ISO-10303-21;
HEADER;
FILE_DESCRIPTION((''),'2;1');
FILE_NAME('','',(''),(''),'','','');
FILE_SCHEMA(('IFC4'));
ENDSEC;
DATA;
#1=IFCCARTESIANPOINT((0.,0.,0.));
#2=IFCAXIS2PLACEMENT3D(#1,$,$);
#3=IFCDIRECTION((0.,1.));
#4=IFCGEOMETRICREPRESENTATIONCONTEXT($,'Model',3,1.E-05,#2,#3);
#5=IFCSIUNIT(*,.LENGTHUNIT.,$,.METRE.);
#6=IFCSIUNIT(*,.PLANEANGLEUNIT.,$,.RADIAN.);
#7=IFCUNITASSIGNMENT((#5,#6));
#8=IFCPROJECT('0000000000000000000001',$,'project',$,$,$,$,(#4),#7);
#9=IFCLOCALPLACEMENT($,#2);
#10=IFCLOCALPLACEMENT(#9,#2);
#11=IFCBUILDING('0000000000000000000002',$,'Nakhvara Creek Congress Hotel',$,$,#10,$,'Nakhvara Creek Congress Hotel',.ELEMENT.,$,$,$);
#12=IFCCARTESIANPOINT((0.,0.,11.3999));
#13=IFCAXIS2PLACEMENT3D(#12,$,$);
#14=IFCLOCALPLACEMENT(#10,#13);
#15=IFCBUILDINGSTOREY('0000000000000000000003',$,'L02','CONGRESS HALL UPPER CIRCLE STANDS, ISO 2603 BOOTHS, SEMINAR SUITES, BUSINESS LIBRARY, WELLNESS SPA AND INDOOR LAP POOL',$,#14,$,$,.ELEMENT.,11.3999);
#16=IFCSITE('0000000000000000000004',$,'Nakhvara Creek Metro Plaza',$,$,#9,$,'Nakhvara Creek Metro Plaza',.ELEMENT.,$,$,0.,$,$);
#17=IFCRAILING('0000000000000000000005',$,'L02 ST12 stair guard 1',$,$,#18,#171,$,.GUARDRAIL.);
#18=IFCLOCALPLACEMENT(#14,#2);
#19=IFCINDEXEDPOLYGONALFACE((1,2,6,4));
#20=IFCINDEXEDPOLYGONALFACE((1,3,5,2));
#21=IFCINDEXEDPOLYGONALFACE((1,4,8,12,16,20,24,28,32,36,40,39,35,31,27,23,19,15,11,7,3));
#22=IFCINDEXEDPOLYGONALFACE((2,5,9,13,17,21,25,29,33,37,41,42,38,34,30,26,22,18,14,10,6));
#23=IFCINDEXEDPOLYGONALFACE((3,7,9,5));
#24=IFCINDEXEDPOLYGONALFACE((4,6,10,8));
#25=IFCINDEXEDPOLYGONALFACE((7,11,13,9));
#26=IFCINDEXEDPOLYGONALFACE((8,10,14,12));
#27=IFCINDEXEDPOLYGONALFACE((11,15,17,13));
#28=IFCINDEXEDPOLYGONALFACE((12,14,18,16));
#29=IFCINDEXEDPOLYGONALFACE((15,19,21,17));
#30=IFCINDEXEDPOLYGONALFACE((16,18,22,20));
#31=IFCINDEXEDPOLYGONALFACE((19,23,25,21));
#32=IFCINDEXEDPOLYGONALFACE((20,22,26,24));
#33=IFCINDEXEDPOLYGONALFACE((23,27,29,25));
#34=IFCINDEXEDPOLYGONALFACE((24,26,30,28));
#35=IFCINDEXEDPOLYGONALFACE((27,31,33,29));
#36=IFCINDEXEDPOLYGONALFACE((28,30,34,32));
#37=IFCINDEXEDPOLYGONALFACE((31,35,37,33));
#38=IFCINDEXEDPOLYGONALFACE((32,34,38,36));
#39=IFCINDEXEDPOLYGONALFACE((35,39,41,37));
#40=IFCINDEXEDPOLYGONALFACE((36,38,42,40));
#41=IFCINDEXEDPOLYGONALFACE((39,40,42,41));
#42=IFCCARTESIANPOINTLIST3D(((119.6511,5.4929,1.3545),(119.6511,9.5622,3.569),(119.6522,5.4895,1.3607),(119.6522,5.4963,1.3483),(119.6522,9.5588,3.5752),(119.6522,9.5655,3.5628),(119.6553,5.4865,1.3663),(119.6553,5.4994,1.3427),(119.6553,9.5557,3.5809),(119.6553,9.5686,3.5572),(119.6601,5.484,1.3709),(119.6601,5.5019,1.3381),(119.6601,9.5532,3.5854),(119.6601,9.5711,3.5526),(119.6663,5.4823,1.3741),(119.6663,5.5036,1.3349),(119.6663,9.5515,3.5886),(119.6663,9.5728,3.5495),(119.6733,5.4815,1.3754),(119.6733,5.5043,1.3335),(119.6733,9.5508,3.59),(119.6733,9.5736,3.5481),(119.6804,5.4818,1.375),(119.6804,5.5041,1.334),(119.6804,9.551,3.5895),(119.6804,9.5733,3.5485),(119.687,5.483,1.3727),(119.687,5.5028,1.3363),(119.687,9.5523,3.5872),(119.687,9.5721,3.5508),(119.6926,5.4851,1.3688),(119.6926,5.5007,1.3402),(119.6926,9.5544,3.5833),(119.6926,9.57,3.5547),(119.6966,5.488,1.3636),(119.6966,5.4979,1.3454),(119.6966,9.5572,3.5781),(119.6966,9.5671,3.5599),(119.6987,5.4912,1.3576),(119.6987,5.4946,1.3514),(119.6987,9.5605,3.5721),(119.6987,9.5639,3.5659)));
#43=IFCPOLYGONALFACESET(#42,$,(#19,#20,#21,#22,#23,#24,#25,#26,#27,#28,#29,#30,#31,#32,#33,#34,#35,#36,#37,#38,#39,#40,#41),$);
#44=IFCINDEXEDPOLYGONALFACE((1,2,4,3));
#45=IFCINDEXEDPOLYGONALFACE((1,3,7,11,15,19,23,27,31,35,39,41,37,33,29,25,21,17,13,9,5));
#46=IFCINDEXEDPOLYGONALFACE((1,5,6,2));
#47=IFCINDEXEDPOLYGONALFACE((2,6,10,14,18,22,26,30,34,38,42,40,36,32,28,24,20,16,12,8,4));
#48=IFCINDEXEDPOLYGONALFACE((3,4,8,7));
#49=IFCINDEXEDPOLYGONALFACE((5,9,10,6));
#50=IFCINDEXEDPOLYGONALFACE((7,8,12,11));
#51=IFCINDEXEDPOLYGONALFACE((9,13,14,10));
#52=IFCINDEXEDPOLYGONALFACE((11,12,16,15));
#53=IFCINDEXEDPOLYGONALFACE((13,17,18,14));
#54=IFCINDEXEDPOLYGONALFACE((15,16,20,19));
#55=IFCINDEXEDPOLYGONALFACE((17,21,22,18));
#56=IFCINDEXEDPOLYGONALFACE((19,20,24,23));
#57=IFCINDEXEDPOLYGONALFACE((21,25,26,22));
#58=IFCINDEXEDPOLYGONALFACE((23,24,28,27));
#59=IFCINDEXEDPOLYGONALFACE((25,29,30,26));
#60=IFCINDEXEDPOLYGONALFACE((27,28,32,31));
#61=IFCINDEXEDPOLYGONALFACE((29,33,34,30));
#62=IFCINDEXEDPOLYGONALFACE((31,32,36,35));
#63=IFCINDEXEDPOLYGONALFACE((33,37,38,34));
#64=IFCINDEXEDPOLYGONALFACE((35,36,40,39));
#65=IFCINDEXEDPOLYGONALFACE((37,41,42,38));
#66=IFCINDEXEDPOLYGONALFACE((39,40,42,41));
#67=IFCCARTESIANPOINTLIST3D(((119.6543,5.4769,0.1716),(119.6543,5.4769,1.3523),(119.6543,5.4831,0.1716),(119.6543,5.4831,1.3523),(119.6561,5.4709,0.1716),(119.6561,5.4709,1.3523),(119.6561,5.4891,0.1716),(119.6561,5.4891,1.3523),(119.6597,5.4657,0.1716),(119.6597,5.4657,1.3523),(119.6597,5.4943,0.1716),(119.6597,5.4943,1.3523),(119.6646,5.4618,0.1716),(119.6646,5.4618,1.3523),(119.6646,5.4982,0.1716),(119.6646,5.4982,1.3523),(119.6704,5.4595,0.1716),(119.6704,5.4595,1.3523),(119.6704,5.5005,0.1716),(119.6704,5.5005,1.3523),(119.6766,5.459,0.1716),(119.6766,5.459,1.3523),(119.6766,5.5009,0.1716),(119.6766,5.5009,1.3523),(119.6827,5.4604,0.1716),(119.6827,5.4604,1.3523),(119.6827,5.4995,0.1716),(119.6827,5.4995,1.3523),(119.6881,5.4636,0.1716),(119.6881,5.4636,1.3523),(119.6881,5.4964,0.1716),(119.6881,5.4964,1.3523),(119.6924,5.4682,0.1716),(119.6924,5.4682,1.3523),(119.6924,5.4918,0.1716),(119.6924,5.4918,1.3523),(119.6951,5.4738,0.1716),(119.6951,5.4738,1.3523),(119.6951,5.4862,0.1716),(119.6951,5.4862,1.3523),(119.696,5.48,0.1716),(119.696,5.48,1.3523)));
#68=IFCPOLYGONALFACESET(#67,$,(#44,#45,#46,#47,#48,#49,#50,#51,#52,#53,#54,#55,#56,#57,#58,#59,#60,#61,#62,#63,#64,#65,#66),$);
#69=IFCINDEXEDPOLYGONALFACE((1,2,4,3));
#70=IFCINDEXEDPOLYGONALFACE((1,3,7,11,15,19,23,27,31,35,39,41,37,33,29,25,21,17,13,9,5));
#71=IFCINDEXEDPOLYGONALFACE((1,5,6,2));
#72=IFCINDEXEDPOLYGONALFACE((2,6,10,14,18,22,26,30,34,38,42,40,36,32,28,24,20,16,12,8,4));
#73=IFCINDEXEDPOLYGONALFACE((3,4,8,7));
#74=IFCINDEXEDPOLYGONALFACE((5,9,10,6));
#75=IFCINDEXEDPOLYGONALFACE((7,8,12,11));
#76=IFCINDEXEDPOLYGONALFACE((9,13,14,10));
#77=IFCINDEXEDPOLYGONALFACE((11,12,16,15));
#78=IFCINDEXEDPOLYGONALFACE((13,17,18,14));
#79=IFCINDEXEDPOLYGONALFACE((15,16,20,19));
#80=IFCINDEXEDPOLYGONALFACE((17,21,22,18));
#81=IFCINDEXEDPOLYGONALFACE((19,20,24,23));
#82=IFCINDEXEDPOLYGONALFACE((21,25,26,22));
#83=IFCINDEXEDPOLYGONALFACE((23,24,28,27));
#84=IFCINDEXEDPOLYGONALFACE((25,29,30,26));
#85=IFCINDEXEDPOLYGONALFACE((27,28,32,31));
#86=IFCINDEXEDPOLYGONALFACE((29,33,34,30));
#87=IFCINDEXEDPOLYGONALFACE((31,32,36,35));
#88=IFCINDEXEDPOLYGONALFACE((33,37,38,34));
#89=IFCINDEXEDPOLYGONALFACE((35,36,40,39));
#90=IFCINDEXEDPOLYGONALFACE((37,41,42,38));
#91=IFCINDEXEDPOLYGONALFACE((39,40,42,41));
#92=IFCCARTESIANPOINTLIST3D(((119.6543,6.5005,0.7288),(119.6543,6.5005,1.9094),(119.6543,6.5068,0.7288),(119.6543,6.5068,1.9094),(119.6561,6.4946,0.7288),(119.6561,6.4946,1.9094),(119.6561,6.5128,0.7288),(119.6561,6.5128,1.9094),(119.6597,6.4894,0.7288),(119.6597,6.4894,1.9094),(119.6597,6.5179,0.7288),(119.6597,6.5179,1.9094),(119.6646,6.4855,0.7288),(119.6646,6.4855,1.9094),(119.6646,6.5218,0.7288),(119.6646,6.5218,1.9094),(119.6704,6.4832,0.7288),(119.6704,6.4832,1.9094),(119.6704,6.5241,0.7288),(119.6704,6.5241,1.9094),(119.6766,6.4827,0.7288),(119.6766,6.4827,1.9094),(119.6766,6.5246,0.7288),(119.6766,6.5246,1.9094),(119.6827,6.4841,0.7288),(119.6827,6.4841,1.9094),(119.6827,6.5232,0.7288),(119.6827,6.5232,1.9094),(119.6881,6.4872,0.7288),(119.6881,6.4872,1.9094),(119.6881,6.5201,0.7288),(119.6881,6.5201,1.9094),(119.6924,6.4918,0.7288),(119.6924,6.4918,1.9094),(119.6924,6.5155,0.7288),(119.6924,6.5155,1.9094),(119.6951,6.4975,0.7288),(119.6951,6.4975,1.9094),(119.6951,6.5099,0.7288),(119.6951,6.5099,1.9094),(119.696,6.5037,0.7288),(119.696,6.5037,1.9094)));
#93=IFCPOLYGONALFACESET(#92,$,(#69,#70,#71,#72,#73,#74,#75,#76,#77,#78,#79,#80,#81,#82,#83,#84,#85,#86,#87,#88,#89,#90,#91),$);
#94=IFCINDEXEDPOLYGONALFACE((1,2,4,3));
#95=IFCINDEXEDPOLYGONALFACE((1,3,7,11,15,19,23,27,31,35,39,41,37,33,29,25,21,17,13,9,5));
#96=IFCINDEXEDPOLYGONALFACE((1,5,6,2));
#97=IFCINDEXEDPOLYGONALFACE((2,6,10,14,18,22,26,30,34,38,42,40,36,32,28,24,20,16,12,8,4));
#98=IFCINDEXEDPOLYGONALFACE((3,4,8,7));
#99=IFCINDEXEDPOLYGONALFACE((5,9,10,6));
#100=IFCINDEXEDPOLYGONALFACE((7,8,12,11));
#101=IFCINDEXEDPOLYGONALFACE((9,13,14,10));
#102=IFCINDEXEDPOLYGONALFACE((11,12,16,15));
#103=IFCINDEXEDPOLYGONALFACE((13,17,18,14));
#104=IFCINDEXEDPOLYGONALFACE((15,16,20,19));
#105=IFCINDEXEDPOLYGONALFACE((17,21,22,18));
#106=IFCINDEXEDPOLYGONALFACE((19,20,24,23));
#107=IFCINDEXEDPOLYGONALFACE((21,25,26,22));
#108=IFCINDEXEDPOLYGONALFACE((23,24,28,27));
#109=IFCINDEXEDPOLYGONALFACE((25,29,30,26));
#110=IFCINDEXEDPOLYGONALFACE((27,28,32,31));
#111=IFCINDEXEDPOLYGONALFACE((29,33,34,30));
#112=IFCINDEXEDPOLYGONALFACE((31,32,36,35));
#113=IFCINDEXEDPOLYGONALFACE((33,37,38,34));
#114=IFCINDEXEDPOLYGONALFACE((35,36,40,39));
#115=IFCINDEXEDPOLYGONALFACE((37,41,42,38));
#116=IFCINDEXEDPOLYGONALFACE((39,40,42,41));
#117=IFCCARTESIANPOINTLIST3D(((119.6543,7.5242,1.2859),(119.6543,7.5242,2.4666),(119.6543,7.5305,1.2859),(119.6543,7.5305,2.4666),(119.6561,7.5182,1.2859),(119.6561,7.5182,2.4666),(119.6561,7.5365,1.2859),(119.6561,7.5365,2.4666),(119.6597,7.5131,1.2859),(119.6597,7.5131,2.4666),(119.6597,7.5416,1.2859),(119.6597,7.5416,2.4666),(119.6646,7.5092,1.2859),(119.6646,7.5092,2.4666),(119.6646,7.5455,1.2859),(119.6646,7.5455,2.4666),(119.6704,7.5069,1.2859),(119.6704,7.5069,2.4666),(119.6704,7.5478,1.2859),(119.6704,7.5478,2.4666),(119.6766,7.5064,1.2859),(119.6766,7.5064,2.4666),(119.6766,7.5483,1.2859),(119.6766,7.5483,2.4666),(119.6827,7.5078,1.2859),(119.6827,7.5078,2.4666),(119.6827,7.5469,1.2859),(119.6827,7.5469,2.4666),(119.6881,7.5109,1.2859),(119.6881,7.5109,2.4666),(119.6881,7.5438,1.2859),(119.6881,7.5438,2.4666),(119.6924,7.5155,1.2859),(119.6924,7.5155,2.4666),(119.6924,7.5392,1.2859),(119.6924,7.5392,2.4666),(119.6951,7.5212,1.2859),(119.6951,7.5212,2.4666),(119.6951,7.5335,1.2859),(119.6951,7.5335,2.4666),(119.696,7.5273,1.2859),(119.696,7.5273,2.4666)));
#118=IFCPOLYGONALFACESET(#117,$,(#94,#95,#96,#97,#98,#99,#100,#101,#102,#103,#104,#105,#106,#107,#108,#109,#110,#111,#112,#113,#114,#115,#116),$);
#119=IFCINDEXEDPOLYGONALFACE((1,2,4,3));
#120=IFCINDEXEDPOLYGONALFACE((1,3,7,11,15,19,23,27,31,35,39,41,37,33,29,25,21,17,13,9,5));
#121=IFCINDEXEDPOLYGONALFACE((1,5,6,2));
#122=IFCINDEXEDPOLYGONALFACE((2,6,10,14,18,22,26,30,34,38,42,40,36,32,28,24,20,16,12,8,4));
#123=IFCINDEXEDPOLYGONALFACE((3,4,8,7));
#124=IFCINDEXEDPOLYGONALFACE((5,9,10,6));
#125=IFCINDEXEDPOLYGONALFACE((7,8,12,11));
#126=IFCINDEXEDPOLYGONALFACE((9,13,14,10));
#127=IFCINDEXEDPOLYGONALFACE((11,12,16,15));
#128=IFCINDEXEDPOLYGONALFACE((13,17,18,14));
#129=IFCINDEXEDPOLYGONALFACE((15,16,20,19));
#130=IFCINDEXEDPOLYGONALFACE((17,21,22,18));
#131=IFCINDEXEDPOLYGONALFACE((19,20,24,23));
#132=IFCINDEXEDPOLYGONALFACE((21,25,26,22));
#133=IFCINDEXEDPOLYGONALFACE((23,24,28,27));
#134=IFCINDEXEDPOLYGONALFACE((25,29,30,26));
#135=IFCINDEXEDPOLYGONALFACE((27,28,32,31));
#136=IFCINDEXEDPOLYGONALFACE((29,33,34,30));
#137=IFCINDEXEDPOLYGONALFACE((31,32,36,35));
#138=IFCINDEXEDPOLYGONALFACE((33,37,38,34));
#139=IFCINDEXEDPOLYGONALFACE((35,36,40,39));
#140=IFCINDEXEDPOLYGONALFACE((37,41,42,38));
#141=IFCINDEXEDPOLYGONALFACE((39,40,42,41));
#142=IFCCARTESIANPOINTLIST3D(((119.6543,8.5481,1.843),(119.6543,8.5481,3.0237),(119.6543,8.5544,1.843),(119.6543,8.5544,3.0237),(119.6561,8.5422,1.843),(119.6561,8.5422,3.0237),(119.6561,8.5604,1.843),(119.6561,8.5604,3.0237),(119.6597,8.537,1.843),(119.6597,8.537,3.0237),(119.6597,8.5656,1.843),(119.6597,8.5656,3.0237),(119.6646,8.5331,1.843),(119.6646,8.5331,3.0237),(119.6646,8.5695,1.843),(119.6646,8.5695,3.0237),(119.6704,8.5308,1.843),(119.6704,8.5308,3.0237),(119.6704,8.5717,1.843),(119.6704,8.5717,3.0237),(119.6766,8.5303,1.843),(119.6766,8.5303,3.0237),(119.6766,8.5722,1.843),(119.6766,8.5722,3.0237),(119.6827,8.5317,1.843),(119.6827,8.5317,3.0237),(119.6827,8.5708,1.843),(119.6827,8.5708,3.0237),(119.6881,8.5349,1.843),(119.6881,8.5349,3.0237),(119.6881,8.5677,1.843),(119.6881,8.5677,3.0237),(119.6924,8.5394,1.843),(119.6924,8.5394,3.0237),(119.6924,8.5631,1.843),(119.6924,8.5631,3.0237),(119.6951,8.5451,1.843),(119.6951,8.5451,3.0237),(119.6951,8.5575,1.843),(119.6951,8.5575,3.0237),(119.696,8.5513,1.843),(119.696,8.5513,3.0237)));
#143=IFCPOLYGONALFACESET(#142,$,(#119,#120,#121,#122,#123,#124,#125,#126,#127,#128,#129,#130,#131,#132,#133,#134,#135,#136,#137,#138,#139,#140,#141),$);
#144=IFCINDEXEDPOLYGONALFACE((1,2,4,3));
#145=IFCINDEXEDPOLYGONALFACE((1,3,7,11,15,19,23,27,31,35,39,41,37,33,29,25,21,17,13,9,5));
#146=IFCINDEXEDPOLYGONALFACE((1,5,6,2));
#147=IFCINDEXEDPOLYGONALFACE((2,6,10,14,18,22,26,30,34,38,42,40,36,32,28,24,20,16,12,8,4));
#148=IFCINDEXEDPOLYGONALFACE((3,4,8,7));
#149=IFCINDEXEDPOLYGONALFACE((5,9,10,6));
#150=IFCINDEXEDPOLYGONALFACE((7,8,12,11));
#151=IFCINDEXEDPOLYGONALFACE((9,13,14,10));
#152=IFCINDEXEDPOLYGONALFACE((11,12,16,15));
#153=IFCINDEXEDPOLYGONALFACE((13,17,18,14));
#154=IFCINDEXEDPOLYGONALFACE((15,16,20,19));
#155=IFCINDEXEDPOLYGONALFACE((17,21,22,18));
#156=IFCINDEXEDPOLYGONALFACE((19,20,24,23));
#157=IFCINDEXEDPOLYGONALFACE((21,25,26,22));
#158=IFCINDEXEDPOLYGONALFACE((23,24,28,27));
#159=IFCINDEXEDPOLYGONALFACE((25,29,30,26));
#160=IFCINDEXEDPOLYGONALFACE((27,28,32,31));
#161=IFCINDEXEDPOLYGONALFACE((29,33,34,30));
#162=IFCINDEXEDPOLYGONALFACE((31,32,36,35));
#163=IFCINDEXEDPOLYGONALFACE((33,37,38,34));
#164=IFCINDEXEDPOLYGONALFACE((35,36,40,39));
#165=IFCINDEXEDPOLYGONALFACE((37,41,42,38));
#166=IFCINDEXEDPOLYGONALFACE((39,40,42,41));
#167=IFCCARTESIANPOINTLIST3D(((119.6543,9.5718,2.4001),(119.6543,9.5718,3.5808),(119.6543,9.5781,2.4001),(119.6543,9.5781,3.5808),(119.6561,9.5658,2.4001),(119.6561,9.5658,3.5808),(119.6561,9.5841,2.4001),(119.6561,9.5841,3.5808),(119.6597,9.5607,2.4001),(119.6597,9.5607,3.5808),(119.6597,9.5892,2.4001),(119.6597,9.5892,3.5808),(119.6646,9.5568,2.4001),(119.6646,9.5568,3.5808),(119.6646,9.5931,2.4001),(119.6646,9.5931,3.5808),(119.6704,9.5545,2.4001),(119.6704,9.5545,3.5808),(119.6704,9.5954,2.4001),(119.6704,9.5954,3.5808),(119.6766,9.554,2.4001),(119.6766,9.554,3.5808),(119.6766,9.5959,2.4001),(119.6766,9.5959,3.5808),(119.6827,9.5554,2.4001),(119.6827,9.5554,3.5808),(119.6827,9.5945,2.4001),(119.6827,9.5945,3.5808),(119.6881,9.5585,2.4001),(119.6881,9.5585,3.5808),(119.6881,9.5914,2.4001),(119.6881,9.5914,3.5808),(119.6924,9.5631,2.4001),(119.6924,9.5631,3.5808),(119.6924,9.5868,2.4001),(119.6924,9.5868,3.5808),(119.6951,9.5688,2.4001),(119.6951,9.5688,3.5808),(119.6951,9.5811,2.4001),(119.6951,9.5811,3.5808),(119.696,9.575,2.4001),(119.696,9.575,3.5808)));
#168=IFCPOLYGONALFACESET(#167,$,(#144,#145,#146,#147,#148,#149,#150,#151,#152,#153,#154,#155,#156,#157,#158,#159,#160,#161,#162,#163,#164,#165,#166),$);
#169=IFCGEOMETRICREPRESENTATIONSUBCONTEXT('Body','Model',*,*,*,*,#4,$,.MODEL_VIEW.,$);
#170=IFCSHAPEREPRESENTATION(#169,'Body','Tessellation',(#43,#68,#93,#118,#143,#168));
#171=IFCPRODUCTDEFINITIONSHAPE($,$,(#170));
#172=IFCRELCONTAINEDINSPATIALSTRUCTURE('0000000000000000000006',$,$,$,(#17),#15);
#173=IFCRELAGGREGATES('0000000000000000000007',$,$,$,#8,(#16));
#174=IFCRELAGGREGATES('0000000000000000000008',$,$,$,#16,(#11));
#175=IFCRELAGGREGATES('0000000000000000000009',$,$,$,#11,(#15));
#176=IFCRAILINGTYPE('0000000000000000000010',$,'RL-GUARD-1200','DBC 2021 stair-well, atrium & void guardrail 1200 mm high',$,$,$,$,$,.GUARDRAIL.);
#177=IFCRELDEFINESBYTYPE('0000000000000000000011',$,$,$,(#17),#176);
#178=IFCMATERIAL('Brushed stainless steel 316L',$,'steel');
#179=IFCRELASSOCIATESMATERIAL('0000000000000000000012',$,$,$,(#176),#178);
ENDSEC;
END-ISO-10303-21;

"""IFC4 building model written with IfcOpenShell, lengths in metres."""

from ifc_helpers import new_model, si_unit, direction, frame, origin, origin_2d, place, context, subcontext, project, spatial, circle, extrude, material, type_object, element, save


model = new_model("IFC4")

# Units and contexts
model_context = context("Model", 3, precision=1e-05, world=origin(), true_north=direction((0.0, 1.0)))
body_context = subcontext(model_context, "Body", "Model", "MODEL_VIEW")
ifc_project = project(units=[si_unit("LENGTHUNIT", "METRE"), si_unit("PLANEANGLEUNIT", "RADIAN")], contexts=[model_context])

# Site, building, storey
site_placement = place(None, origin())
site = spatial("IfcSite", under=ifc_project, at=site_placement, Name="Nakhvara Creek Metro Plaza", LongName="Nakhvara Creek Metro Plaza", CompositionType="ELEMENT", RefElevation=0.0)
building_placement = place(site_placement, origin())
building = spatial("IfcBuilding", under=site, at=building_placement, Name="Nakhvara Creek Congress Hotel", LongName="Nakhvara Creek Congress Hotel", CompositionType="ELEMENT")
storey_placement = place(building_placement, frame((0.0, 0.0, 11.3999)))
storey = spatial("IfcBuildingStorey", under=building, at=storey_placement, Name="L02", Description="CONGRESS HALL UPPER CIRCLE STANDS, ISO 2603 BOOTHS, SEMINAR SUITES, BUSINESS LIBRARY, WELLNESS SPA AND INDOOR LAP POOL", CompositionType="ELEMENT", Elevation=11.3999)

# Railing
ifc_material_1 = material(Name="Brushed stainless steel 316L", Category="steel")
railing_type_1 = type_object("IfcRailingType", Name="RL-GUARD-1200", Description="DBC 2021 stair-well, atrium & void guardrail 1200 mm high", PredefinedType="GUARDRAIL", material=ifc_material_1)
railing_1_placement = place(storey_placement, frame((119.675, 5.48, 0.1716)))
element("IfcRailing", 1, at=railing_1_placement, inside=storey, type_object=railing_type_1, Name="L02 ST12 stair guard 1", PredefinedType="GUARDRAIL", context=body_context, shape_type="SweptSolid", body=[
    extrude(circle(Radius=0.0239, at=origin_2d()), frame((0.0, 0.0129, 1.1829), z_axis=(0.0, 0.878355, 0.478008), x_axis=(-1.0, 0.0, 0.0)), (0.0, 0.0, 1.0), 4.6328),
    extrude(circle(Radius=0.021, at=origin_2d()), origin(), (0.0, 0.0, 1.0), 1.1807),
    extrude(circle(Radius=0.021, at=origin_2d()), frame((0.0, 1.0237, 0.5571)), (0.0, 0.0, 1.0), 1.1807),
    extrude(circle(Radius=0.021, at=origin_2d()), frame((0.0, 2.0474, 1.1143)), (0.0, 0.0, 1.0), 1.1807),
    extrude(circle(Radius=0.021, at=origin_2d()), frame((0.0, 3.0713, 1.6714)), (0.0, 0.0, 1.0), 1.1807),
    extrude(circle(Radius=0.021, at=origin_2d()), frame((0.0, 4.095, 2.2285)), (0.0, 0.0, 1.0), 1.1807),
])

save(model, "model.ifc")
